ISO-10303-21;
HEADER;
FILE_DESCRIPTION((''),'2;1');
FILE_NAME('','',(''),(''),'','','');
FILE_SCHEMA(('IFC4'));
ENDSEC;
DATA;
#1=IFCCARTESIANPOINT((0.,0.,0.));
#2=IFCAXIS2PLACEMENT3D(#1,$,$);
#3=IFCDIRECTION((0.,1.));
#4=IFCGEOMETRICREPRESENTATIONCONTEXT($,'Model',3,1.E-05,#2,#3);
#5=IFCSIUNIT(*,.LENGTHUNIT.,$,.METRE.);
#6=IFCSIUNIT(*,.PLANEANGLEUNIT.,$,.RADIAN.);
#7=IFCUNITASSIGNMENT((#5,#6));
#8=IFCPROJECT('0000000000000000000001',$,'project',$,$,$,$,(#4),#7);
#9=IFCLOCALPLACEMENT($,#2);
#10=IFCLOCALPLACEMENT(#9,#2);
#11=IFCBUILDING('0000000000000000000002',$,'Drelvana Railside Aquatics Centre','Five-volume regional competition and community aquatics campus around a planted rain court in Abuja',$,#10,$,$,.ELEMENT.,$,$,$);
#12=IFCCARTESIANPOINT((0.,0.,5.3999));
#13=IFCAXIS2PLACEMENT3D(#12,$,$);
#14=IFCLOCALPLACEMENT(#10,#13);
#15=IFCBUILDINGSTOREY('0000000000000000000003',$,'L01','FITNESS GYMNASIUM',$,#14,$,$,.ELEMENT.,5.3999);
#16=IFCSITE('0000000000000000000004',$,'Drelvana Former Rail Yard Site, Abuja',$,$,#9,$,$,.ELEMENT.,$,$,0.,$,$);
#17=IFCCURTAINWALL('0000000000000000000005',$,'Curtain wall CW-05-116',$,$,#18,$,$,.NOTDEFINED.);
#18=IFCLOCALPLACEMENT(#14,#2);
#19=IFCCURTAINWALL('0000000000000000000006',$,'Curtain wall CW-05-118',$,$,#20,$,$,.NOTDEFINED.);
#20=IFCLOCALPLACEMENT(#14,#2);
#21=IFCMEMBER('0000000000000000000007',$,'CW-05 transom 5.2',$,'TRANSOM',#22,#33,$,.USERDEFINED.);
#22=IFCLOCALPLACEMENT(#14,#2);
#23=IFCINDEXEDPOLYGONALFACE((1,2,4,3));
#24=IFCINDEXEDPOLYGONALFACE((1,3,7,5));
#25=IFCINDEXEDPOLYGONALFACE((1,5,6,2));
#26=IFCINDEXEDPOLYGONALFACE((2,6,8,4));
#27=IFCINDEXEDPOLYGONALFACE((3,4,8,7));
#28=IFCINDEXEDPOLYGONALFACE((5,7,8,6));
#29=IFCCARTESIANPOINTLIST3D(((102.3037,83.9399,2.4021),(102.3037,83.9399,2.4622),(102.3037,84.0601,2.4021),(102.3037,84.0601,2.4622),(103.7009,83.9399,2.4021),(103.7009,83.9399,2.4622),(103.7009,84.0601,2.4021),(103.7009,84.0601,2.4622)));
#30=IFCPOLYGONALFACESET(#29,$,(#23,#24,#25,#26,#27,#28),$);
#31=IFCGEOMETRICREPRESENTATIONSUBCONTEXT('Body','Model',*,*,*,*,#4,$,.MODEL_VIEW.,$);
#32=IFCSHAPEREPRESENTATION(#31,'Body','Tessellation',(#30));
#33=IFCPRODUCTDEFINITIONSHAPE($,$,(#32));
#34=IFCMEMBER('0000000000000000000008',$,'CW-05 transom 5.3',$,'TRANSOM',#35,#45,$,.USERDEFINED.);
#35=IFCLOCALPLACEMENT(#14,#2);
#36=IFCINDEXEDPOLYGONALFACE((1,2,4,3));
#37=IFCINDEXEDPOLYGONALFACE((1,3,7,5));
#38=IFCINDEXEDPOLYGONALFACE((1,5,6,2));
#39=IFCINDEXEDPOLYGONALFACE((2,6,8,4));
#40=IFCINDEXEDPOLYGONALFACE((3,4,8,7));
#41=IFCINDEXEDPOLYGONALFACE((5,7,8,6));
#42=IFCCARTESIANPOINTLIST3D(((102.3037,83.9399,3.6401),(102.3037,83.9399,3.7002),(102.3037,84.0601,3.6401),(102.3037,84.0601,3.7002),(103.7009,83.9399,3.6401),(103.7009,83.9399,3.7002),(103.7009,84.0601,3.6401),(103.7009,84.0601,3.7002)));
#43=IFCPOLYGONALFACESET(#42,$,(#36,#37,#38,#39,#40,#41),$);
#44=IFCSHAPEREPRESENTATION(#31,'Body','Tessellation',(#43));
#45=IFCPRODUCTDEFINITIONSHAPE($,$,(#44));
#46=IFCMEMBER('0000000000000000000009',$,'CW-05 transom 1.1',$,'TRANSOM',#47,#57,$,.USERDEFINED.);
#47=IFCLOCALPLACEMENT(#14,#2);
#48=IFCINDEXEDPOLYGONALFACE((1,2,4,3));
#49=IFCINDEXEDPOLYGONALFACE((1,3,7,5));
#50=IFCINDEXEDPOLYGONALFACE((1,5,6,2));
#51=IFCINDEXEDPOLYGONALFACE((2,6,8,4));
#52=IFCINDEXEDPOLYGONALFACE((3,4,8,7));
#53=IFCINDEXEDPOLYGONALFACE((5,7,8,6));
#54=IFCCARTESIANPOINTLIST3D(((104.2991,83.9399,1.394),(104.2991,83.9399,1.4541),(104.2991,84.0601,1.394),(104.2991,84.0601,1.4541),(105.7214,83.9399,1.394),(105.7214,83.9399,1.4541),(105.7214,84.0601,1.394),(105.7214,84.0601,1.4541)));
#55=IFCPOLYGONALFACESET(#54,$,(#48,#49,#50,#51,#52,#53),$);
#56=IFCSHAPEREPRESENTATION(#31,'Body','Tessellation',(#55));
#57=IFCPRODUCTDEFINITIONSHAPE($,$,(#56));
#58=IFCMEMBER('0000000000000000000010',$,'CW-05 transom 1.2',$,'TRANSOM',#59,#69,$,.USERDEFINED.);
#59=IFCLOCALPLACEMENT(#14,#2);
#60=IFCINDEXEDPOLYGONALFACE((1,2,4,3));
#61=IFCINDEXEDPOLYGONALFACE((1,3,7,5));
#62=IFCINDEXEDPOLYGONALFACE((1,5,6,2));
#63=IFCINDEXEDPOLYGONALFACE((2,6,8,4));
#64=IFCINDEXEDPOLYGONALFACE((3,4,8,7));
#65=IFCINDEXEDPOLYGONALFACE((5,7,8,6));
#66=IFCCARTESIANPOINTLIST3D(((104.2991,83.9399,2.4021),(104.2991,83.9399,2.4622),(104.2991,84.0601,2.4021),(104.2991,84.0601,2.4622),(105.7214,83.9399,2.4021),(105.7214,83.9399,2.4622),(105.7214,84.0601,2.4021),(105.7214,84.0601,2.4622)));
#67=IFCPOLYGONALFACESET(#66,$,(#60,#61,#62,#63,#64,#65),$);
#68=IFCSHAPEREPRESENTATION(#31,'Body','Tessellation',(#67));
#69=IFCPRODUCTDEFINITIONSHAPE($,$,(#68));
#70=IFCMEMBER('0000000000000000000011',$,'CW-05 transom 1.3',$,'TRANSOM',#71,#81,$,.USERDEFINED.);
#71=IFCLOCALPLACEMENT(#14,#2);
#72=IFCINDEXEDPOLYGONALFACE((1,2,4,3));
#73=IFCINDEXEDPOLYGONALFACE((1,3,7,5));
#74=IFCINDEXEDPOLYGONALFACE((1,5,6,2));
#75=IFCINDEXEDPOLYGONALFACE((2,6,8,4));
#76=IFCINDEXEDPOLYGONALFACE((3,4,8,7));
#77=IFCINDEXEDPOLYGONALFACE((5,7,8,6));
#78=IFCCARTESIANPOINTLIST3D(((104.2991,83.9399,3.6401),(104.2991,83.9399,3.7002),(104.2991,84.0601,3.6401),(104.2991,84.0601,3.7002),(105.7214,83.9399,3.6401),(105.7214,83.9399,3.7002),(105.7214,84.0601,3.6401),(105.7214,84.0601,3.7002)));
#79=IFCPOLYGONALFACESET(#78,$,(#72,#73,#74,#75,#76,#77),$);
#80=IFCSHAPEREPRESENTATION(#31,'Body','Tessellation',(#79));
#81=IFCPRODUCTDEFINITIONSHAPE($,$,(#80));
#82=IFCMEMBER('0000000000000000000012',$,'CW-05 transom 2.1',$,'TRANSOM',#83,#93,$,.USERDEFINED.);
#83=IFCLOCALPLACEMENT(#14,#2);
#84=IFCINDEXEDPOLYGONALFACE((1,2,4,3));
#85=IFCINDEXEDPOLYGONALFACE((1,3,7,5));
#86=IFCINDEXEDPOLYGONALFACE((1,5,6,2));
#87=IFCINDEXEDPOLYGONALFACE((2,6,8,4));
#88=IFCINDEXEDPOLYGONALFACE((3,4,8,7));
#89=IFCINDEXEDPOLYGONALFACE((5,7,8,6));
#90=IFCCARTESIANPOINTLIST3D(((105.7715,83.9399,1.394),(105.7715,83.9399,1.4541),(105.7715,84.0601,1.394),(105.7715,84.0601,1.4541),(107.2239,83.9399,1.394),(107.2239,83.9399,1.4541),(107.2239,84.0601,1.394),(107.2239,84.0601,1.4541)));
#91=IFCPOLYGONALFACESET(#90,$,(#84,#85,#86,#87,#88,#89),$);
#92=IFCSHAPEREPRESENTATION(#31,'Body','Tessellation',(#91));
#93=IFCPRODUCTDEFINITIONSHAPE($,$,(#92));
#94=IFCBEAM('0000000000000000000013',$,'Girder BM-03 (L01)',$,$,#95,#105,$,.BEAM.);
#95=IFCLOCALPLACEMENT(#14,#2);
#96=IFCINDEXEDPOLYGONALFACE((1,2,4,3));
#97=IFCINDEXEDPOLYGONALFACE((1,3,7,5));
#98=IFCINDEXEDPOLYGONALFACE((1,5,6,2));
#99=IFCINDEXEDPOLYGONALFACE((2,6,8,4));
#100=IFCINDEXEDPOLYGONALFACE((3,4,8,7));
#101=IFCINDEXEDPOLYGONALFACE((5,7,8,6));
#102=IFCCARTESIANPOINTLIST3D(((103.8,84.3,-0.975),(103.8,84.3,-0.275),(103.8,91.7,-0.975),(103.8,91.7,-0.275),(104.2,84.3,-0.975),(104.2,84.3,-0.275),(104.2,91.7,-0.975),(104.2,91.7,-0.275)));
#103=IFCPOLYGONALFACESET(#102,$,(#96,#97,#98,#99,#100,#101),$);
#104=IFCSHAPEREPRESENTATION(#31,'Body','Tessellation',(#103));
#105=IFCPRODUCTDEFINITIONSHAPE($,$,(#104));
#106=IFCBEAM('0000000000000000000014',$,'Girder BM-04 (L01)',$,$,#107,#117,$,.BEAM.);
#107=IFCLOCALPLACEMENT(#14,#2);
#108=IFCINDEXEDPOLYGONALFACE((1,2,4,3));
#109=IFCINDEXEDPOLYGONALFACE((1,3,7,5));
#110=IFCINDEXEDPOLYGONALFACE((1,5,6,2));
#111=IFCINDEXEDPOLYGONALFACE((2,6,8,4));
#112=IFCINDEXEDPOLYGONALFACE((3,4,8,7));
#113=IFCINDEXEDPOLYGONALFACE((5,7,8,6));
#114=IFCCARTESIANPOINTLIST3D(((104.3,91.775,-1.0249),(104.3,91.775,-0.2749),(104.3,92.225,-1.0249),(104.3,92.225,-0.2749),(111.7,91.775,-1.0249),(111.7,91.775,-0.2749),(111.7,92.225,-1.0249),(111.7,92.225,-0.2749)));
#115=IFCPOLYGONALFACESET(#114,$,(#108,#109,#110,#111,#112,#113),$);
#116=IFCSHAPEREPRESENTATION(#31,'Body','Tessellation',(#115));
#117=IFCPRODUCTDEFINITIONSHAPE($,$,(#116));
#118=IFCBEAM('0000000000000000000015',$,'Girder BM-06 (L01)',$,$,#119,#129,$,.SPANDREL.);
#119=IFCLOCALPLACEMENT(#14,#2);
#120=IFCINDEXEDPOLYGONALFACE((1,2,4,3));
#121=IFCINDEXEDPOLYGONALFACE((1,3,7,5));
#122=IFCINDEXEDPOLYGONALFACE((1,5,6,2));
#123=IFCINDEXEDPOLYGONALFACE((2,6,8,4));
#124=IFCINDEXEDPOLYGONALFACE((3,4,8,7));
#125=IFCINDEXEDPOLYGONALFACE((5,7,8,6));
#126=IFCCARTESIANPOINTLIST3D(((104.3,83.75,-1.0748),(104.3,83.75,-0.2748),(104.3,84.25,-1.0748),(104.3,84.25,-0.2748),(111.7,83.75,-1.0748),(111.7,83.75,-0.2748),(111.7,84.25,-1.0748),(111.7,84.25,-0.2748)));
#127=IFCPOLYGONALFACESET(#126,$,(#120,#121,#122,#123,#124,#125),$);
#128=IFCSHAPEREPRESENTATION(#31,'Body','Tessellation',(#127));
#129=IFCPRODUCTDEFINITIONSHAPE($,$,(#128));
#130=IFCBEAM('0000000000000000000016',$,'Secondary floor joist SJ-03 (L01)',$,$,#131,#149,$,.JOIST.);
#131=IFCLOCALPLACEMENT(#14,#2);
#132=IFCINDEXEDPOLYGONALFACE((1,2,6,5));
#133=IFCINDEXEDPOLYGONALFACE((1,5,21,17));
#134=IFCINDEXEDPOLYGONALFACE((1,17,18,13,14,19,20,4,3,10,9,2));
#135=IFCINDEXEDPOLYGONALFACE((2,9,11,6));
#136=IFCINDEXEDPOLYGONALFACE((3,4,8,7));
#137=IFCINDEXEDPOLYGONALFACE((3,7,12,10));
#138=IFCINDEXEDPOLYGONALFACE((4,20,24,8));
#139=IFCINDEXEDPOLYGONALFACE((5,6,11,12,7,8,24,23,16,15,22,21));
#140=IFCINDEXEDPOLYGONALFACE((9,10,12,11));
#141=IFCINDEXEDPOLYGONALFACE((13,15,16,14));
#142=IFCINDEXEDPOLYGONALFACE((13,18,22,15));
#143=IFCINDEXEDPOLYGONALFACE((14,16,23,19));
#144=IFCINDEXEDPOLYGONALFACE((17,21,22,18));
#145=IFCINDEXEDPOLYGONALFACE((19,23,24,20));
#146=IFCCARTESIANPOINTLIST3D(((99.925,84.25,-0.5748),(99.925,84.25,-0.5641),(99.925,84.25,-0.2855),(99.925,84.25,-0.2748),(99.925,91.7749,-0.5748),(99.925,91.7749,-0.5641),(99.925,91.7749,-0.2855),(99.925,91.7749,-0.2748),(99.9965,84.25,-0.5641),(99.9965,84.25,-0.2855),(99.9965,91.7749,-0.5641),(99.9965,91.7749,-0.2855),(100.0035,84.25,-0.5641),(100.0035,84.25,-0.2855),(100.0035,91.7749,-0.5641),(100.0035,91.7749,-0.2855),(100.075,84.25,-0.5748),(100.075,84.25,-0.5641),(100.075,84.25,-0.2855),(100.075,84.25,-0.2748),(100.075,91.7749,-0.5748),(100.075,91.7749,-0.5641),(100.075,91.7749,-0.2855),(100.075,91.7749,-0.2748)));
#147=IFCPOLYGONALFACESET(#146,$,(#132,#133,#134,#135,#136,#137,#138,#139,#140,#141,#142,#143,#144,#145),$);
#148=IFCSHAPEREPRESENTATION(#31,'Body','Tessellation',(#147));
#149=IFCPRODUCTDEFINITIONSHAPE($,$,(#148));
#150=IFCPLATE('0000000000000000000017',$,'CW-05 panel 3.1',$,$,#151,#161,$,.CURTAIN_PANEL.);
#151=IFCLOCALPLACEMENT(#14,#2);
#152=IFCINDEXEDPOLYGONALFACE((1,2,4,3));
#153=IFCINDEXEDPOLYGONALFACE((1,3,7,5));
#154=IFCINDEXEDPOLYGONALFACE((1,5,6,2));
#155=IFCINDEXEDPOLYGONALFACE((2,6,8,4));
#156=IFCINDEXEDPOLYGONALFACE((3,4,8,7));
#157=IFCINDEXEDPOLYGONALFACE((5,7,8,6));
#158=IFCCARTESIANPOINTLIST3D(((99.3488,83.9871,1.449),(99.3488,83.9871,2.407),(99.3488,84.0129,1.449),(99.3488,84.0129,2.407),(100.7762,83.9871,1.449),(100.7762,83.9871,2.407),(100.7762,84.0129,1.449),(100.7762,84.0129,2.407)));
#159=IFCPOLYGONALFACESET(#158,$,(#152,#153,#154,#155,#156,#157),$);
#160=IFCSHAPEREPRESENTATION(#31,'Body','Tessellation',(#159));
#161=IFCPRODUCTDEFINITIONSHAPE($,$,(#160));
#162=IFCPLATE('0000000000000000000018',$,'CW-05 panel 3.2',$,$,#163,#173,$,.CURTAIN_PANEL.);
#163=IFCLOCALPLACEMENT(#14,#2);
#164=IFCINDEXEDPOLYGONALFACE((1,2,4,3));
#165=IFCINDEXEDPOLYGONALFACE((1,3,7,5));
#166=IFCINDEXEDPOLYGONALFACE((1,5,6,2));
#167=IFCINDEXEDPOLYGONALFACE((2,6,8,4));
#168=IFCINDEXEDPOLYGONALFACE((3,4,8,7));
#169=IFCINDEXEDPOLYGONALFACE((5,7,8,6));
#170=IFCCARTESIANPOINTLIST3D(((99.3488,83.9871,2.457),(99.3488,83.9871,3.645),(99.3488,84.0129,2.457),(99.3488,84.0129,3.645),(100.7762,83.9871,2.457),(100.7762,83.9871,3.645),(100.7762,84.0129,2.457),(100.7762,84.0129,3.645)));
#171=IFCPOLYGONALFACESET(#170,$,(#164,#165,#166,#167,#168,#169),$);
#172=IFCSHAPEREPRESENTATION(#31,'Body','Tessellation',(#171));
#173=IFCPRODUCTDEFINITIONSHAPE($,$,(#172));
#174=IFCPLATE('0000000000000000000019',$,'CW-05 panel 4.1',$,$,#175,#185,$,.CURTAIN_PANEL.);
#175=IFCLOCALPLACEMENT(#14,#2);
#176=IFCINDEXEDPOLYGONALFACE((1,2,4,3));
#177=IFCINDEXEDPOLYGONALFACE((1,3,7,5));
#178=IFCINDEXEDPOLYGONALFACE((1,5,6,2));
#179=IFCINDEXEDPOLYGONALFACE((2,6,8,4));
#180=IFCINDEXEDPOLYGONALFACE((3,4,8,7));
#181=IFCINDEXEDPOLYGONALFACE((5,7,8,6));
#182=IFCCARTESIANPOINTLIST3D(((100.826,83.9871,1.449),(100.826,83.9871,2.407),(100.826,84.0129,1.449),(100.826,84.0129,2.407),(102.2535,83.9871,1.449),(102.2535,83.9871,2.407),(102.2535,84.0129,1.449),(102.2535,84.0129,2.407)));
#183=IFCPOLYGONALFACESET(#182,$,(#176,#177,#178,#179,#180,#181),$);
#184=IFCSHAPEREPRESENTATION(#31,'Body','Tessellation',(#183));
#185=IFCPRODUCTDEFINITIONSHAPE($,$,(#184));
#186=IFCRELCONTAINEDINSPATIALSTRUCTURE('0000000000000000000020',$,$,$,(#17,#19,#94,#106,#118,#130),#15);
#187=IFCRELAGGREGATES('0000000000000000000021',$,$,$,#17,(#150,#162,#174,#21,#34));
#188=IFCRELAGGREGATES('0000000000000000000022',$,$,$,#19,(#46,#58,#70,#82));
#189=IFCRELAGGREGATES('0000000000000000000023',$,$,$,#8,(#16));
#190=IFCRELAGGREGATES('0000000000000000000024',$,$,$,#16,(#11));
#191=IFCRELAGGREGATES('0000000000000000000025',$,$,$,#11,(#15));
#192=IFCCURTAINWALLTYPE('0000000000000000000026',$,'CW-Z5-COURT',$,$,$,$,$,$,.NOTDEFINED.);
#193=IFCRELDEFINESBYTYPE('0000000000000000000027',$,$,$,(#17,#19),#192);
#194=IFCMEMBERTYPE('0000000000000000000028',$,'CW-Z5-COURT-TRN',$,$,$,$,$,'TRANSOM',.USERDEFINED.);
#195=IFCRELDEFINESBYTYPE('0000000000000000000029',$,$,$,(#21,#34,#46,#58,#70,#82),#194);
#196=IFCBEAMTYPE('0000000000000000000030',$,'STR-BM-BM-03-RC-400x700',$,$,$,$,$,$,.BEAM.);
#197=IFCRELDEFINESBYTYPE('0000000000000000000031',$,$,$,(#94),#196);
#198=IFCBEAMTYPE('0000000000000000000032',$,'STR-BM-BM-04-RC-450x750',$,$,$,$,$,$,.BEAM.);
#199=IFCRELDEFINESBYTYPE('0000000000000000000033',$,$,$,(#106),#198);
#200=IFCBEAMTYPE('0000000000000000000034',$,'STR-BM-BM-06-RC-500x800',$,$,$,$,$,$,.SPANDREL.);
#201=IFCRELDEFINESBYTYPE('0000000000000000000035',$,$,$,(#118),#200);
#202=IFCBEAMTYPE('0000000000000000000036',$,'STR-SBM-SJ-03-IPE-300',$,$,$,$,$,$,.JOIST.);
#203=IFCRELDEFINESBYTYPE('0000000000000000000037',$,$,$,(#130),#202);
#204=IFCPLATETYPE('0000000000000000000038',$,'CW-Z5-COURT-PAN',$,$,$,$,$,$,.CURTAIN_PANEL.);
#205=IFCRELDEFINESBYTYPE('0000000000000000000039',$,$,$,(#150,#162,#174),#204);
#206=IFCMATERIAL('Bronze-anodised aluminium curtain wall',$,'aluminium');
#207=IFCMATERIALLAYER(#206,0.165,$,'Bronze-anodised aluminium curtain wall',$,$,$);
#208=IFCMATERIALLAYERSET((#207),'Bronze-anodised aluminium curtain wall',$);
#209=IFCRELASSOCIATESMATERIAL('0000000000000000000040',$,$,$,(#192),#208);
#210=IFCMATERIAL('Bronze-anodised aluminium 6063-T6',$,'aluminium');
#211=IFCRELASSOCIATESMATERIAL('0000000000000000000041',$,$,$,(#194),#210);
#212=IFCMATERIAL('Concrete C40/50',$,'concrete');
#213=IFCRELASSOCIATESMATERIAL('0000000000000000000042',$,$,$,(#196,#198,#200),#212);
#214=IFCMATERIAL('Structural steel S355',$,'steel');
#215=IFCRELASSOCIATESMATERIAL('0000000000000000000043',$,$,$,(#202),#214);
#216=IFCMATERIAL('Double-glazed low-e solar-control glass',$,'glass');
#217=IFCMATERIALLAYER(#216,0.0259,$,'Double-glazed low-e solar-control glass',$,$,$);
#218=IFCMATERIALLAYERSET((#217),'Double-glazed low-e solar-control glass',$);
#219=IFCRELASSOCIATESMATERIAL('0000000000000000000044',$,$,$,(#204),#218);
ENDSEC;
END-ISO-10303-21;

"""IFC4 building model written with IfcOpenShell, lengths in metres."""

from ifc_helpers import new_model, si_unit, direction, frame, origin, origin_2d, place, context, subcontext, project, spatial, rectangle, i_section, extrude, material, layer, layer_set, material_profile, profile_set, type_object, element, aggregate, save


model = new_model("IFC4")

# Units and contexts
model_context = context("Model", 3, precision=1e-05, world=origin(), true_north=direction((0.0, 1.0)))
body_context = subcontext(model_context, "Body", "Model", "MODEL_VIEW")
ifc_project = project(units=[si_unit("LENGTHUNIT", "METRE"), si_unit("PLANEANGLEUNIT", "RADIAN")], contexts=[model_context])

# Site, building, storey
site_placement = place(None, origin())
site = spatial("IfcSite", under=ifc_project, at=site_placement, Name="Drelvana Former Rail Yard Site, Abuja", CompositionType="ELEMENT", RefElevation=0.0)
building_placement = place(site_placement, origin())
building = spatial("IfcBuilding", under=site, at=building_placement, Name="Drelvana Railside Aquatics Centre", Description="Five-volume regional competition and community aquatics campus around a planted rain court in Abuja", CompositionType="ELEMENT")
storey_placement = place(building_placement, frame((0.0, 0.0, 5.3999)))
storey = spatial("IfcBuildingStorey", under=building, at=storey_placement, Name="L01", Description="FITNESS GYMNASIUM", CompositionType="ELEMENT", Elevation=5.3999)

# Shared definitions
ifc_material_1 = material(Name="Concrete C40/50", Category="concrete")

# Curtain walls
ifc_material_2 = material(Name="Bronze-anodised aluminium curtain wall", Category="aluminium")
ifc_layer_1 = layer(ifc_material_2, 0.165, Name="Bronze-anodised aluminium curtain wall")
ifc_layer_set_1 = layer_set([ifc_layer_1], Name="Bronze-anodised aluminium curtain wall")
curtain_wall_type = type_object("IfcCurtainWallType", Name="CW-Z5-COURT", PredefinedType="NOTDEFINED", material=ifc_layer_set_1)
curtain_wall_1_placement = place(storey_placement, origin())
curtain_wall_1 = element("IfcCurtainWall", 1, at=curtain_wall_1_placement, inside=storey, type_object=curtain_wall_type, Name="Curtain wall CW-05-116", PredefinedType="NOTDEFINED")
ifc_material_3 = material(Name="Bronze-anodised aluminium 6063-T6", Category="aluminium")
curtain_wall_2_placement = place(storey_placement, origin())
curtain_wall_2 = element("IfcCurtainWall", 2, at=curtain_wall_2_placement, inside=storey, type_object=curtain_wall_type, Name="Curtain wall CW-05-118", PredefinedType="NOTDEFINED")

# Members
ifc_material_profile_1 = material_profile(ifc_material_3, rectangle(XDim=0.1201, YDim=0.0601, at=origin_2d()), Name="ALU-T 60x120")
ifc_profile_set_1 = profile_set([ifc_material_profile_1], Name="Bronze-anodised aluminium 6063-T6")
member_type_1 = type_object("IfcMemberType", Name="CW-Z5-COURT-TRN", ElementType="TRANSOM", PredefinedType="USERDEFINED", material=ifc_profile_set_1)
member_1_placement = place(storey_placement, frame((102.3037, 84.0, 2.4321), z_axis=(1.0, 0.0, 0.0), x_axis=(0.0, 1.0, 0.0)))
member_1 = element("IfcMember", 3, at=member_1_placement, type_object=member_type_1, Name="CW-05 transom 5.2", ObjectType="TRANSOM", PredefinedType="USERDEFINED", context=body_context, shape_type="SweptSolid", body=[
    extrude(rectangle(XDim=0.1201, YDim=0.0601, at=origin_2d()), origin(), (0.0, 0.0, 1.0), 1.3972),
])
member_2_placement = place(storey_placement, frame((102.3037, 84.0, 3.6702), z_axis=(1.0, 0.0, 0.0), x_axis=(0.0, 1.0, 0.0)))
member_2 = element("IfcMember", 4, at=member_2_placement, type_object=member_type_1, Name="CW-05 transom 5.3", ObjectType="TRANSOM", PredefinedType="USERDEFINED", context=body_context, shape_type="SweptSolid", body=[
    extrude(rectangle(XDim=0.1201, YDim=0.0601, at=origin_2d()), origin(), (0.0, 0.0, 1.0), 1.3972),
])
member_3_placement = place(storey_placement, frame((104.2991, 84.0, 1.4241), z_axis=(1.0, 0.0, 0.0), x_axis=(0.0, 1.0, 0.0)))
member_3 = element("IfcMember", 5, at=member_3_placement, type_object=member_type_1, Name="CW-05 transom 1.1", ObjectType="TRANSOM", PredefinedType="USERDEFINED", context=body_context, shape_type="SweptSolid", body=[
    extrude(rectangle(XDim=0.1201, YDim=0.0601, at=origin_2d()), origin(), (0.0, 0.0, 1.0), 1.4224),
])
member_4_placement = place(storey_placement, frame((104.2991, 84.0, 2.4321), z_axis=(1.0, 0.0, 0.0), x_axis=(0.0, 1.0, 0.0)))
member_4 = element("IfcMember", 6, at=member_4_placement, type_object=member_type_1, Name="CW-05 transom 1.2", ObjectType="TRANSOM", PredefinedType="USERDEFINED", context=body_context, shape_type="SweptSolid", body=[
    extrude(rectangle(XDim=0.1201, YDim=0.0601, at=origin_2d()), origin(), (0.0, 0.0, 1.0), 1.4224),
])
member_5_placement = place(storey_placement, frame((104.2991, 84.0, 3.6702), z_axis=(1.0, 0.0, 0.0), x_axis=(0.0, 1.0, 0.0)))
member_5 = element("IfcMember", 7, at=member_5_placement, type_object=member_type_1, Name="CW-05 transom 1.3", ObjectType="TRANSOM", PredefinedType="USERDEFINED", context=body_context, shape_type="SweptSolid", body=[
    extrude(rectangle(XDim=0.1201, YDim=0.0601, at=origin_2d()), origin(), (0.0, 0.0, 1.0), 1.4224),
])
member_6_placement = place(storey_placement, frame((105.7715, 84.0, 1.4241), z_axis=(1.0, 0.0, 0.0), x_axis=(0.0, 1.0, 0.0)))
member_6 = element("IfcMember", 8, at=member_6_placement, type_object=member_type_1, Name="CW-05 transom 2.1", ObjectType="TRANSOM", PredefinedType="USERDEFINED", context=body_context, shape_type="SweptSolid", body=[
    extrude(rectangle(XDim=0.1201, YDim=0.0601, at=origin_2d()), origin(), (0.0, 0.0, 1.0), 1.4524),
])

# Beams
ifc_material_profile_2 = material_profile(ifc_material_1, rectangle(XDim=0.3999, YDim=0.7, at=origin_2d()), Name="RC 400x700")
ifc_profile_set_2 = profile_set([ifc_material_profile_2], Name="Concrete C40/50")
beam_type_1 = type_object("IfcBeamType", Name="STR-BM-BM-03-RC-400x700", PredefinedType="BEAM", material=ifc_profile_set_2)
beam_1_placement = place(storey_placement, frame((104.0, 84.3, -0.625), z_axis=(0.0, 1.0, 0.0), x_axis=(-1.0, 0.0, 0.0)))
element("IfcBeam", 9, at=beam_1_placement, inside=storey, type_object=beam_type_1, Name="Girder BM-03 (L01)", PredefinedType="BEAM", context=body_context, shape_type="SweptSolid", body=[
    extrude(rectangle(XDim=0.3999, YDim=0.7, at=origin_2d()), origin(), (0.0, 0.0, 1.0), 7.3999),
])
ifc_material_profile_3 = material_profile(ifc_material_1, rectangle(XDim=0.45, YDim=0.75, at=origin_2d()), Name="RC 450x750")
ifc_profile_set_3 = profile_set([ifc_material_profile_3], Name="Concrete C40/50")
beam_type_2 = type_object("IfcBeamType", Name="STR-BM-BM-04-RC-450x750", PredefinedType="BEAM", material=ifc_profile_set_3)
beam_2_placement = place(storey_placement, frame((104.3, 92.0, -0.6499), z_axis=(1.0, 0.0, 0.0), x_axis=(0.0, 1.0, 0.0)))
element("IfcBeam", 10, at=beam_2_placement, inside=storey, type_object=beam_type_2, Name="Girder BM-04 (L01)", PredefinedType="BEAM", context=body_context, shape_type="SweptSolid", body=[
    extrude(rectangle(XDim=0.45, YDim=0.75, at=origin_2d()), origin(), (0.0, 0.0, 1.0), 7.3999),
])
ifc_material_profile_4 = material_profile(ifc_material_1, rectangle(XDim=0.5, YDim=0.8, at=origin_2d()), Name="RC 500x800")
ifc_profile_set_4 = profile_set([ifc_material_profile_4], Name="Concrete C40/50")
beam_type_3 = type_object("IfcBeamType", Name="STR-BM-BM-06-RC-500x800", PredefinedType="SPANDREL", material=ifc_profile_set_4)
beam_3_placement = place(storey_placement, frame((104.3, 84.0, -0.6748), z_axis=(1.0, 0.0, 0.0), x_axis=(0.0, 1.0, 0.0)))
element("IfcBeam", 11, at=beam_3_placement, inside=storey, type_object=beam_type_3, Name="Girder BM-06 (L01)", PredefinedType="SPANDREL", context=body_context, shape_type="SweptSolid", body=[
    extrude(rectangle(XDim=0.5, YDim=0.8, at=origin_2d()), origin(), (0.0, 0.0, 1.0), 7.3999),
])
ifc_material_4 = material(Name="Structural steel S355", Category="steel")
ifc_material_profile_5 = material_profile(ifc_material_4, i_section(OverallWidth=0.1499, OverallDepth=0.3, WebThickness=0.0071, FlangeThickness=0.0107, at=origin_2d()), Name="IPE 300")
ifc_profile_set_5 = profile_set([ifc_material_profile_5], Name="Structural steel S355")
beam_type_4 = type_object("IfcBeamType", Name="STR-SBM-SJ-03-IPE-300", PredefinedType="JOIST", material=ifc_profile_set_5)
beam_4_placement = place(storey_placement, frame((100.0, 84.25, -0.4248), z_axis=(0.0, 1.0, 0.0), x_axis=(-1.0, 0.0, 0.0)))
element("IfcBeam", 12, at=beam_4_placement, inside=storey, type_object=beam_type_4, Name="Secondary floor joist SJ-03 (L01)", PredefinedType="JOIST", context=body_context, shape_type="SweptSolid", body=[
    extrude(i_section(OverallWidth=0.1499, OverallDepth=0.3, WebThickness=0.0071, FlangeThickness=0.0107, at=origin_2d()), origin(), (0.0, 0.0, 1.0), 7.5249),
])

# Plates
ifc_material_5 = material(Name="Double-glazed low-e solar-control glass", Category="glass")
ifc_layer_2 = layer(ifc_material_5, 0.0259, Name="Double-glazed low-e solar-control glass")
ifc_layer_set_2 = layer_set([ifc_layer_2], Name="Double-glazed low-e solar-control glass")
plate_type = type_object("IfcPlateType", Name="CW-Z5-COURT-PAN", PredefinedType="CURTAIN_PANEL", material=ifc_layer_set_2)
plate_1_placement = place(storey_placement, frame((100.0625, 84.0, 1.449), z_axis=(0.0, 0.0, 1.0), x_axis=(1.0, 0.0, 0.0)))
plate_1 = element("IfcPlate", 13, at=plate_1_placement, type_object=plate_type, Name="CW-05 panel 3.1", PredefinedType="CURTAIN_PANEL", context=body_context, shape_type="SweptSolid", body=[
    extrude(rectangle(XDim=1.4275, YDim=0.0259, at=origin_2d()), origin(), (0.0, 0.0, 1.0), 0.958),
])
plate_2_placement = place(storey_placement, frame((100.0625, 84.0, 2.457), z_axis=(0.0, 0.0, 1.0), x_axis=(1.0, 0.0, 0.0)))
plate_2 = element("IfcPlate", 14, at=plate_2_placement, type_object=plate_type, Name="CW-05 panel 3.2", PredefinedType="CURTAIN_PANEL", context=body_context, shape_type="SweptSolid", body=[
    extrude(rectangle(XDim=1.4275, YDim=0.0259, at=origin_2d()), origin(), (0.0, 0.0, 1.0), 1.188),
])
plate_3_placement = place(storey_placement, frame((101.5398, 84.0, 1.449), z_axis=(0.0, 0.0, 1.0), x_axis=(1.0, 0.0, 0.0)))
plate_3 = element("IfcPlate", 15, at=plate_3_placement, type_object=plate_type, Name="CW-05 panel 4.1", PredefinedType="CURTAIN_PANEL", context=body_context, shape_type="SweptSolid", body=[
    extrude(rectangle(XDim=1.4275, YDim=0.0259, at=origin_2d()), origin(), (0.0, 0.0, 1.0), 0.958),
])
aggregate(curtain_wall_1, [plate_1, plate_2, plate_3, member_1, member_2])
aggregate(curtain_wall_2, [member_3, member_4, member_5, member_6])

save(model, "model.ifc")
